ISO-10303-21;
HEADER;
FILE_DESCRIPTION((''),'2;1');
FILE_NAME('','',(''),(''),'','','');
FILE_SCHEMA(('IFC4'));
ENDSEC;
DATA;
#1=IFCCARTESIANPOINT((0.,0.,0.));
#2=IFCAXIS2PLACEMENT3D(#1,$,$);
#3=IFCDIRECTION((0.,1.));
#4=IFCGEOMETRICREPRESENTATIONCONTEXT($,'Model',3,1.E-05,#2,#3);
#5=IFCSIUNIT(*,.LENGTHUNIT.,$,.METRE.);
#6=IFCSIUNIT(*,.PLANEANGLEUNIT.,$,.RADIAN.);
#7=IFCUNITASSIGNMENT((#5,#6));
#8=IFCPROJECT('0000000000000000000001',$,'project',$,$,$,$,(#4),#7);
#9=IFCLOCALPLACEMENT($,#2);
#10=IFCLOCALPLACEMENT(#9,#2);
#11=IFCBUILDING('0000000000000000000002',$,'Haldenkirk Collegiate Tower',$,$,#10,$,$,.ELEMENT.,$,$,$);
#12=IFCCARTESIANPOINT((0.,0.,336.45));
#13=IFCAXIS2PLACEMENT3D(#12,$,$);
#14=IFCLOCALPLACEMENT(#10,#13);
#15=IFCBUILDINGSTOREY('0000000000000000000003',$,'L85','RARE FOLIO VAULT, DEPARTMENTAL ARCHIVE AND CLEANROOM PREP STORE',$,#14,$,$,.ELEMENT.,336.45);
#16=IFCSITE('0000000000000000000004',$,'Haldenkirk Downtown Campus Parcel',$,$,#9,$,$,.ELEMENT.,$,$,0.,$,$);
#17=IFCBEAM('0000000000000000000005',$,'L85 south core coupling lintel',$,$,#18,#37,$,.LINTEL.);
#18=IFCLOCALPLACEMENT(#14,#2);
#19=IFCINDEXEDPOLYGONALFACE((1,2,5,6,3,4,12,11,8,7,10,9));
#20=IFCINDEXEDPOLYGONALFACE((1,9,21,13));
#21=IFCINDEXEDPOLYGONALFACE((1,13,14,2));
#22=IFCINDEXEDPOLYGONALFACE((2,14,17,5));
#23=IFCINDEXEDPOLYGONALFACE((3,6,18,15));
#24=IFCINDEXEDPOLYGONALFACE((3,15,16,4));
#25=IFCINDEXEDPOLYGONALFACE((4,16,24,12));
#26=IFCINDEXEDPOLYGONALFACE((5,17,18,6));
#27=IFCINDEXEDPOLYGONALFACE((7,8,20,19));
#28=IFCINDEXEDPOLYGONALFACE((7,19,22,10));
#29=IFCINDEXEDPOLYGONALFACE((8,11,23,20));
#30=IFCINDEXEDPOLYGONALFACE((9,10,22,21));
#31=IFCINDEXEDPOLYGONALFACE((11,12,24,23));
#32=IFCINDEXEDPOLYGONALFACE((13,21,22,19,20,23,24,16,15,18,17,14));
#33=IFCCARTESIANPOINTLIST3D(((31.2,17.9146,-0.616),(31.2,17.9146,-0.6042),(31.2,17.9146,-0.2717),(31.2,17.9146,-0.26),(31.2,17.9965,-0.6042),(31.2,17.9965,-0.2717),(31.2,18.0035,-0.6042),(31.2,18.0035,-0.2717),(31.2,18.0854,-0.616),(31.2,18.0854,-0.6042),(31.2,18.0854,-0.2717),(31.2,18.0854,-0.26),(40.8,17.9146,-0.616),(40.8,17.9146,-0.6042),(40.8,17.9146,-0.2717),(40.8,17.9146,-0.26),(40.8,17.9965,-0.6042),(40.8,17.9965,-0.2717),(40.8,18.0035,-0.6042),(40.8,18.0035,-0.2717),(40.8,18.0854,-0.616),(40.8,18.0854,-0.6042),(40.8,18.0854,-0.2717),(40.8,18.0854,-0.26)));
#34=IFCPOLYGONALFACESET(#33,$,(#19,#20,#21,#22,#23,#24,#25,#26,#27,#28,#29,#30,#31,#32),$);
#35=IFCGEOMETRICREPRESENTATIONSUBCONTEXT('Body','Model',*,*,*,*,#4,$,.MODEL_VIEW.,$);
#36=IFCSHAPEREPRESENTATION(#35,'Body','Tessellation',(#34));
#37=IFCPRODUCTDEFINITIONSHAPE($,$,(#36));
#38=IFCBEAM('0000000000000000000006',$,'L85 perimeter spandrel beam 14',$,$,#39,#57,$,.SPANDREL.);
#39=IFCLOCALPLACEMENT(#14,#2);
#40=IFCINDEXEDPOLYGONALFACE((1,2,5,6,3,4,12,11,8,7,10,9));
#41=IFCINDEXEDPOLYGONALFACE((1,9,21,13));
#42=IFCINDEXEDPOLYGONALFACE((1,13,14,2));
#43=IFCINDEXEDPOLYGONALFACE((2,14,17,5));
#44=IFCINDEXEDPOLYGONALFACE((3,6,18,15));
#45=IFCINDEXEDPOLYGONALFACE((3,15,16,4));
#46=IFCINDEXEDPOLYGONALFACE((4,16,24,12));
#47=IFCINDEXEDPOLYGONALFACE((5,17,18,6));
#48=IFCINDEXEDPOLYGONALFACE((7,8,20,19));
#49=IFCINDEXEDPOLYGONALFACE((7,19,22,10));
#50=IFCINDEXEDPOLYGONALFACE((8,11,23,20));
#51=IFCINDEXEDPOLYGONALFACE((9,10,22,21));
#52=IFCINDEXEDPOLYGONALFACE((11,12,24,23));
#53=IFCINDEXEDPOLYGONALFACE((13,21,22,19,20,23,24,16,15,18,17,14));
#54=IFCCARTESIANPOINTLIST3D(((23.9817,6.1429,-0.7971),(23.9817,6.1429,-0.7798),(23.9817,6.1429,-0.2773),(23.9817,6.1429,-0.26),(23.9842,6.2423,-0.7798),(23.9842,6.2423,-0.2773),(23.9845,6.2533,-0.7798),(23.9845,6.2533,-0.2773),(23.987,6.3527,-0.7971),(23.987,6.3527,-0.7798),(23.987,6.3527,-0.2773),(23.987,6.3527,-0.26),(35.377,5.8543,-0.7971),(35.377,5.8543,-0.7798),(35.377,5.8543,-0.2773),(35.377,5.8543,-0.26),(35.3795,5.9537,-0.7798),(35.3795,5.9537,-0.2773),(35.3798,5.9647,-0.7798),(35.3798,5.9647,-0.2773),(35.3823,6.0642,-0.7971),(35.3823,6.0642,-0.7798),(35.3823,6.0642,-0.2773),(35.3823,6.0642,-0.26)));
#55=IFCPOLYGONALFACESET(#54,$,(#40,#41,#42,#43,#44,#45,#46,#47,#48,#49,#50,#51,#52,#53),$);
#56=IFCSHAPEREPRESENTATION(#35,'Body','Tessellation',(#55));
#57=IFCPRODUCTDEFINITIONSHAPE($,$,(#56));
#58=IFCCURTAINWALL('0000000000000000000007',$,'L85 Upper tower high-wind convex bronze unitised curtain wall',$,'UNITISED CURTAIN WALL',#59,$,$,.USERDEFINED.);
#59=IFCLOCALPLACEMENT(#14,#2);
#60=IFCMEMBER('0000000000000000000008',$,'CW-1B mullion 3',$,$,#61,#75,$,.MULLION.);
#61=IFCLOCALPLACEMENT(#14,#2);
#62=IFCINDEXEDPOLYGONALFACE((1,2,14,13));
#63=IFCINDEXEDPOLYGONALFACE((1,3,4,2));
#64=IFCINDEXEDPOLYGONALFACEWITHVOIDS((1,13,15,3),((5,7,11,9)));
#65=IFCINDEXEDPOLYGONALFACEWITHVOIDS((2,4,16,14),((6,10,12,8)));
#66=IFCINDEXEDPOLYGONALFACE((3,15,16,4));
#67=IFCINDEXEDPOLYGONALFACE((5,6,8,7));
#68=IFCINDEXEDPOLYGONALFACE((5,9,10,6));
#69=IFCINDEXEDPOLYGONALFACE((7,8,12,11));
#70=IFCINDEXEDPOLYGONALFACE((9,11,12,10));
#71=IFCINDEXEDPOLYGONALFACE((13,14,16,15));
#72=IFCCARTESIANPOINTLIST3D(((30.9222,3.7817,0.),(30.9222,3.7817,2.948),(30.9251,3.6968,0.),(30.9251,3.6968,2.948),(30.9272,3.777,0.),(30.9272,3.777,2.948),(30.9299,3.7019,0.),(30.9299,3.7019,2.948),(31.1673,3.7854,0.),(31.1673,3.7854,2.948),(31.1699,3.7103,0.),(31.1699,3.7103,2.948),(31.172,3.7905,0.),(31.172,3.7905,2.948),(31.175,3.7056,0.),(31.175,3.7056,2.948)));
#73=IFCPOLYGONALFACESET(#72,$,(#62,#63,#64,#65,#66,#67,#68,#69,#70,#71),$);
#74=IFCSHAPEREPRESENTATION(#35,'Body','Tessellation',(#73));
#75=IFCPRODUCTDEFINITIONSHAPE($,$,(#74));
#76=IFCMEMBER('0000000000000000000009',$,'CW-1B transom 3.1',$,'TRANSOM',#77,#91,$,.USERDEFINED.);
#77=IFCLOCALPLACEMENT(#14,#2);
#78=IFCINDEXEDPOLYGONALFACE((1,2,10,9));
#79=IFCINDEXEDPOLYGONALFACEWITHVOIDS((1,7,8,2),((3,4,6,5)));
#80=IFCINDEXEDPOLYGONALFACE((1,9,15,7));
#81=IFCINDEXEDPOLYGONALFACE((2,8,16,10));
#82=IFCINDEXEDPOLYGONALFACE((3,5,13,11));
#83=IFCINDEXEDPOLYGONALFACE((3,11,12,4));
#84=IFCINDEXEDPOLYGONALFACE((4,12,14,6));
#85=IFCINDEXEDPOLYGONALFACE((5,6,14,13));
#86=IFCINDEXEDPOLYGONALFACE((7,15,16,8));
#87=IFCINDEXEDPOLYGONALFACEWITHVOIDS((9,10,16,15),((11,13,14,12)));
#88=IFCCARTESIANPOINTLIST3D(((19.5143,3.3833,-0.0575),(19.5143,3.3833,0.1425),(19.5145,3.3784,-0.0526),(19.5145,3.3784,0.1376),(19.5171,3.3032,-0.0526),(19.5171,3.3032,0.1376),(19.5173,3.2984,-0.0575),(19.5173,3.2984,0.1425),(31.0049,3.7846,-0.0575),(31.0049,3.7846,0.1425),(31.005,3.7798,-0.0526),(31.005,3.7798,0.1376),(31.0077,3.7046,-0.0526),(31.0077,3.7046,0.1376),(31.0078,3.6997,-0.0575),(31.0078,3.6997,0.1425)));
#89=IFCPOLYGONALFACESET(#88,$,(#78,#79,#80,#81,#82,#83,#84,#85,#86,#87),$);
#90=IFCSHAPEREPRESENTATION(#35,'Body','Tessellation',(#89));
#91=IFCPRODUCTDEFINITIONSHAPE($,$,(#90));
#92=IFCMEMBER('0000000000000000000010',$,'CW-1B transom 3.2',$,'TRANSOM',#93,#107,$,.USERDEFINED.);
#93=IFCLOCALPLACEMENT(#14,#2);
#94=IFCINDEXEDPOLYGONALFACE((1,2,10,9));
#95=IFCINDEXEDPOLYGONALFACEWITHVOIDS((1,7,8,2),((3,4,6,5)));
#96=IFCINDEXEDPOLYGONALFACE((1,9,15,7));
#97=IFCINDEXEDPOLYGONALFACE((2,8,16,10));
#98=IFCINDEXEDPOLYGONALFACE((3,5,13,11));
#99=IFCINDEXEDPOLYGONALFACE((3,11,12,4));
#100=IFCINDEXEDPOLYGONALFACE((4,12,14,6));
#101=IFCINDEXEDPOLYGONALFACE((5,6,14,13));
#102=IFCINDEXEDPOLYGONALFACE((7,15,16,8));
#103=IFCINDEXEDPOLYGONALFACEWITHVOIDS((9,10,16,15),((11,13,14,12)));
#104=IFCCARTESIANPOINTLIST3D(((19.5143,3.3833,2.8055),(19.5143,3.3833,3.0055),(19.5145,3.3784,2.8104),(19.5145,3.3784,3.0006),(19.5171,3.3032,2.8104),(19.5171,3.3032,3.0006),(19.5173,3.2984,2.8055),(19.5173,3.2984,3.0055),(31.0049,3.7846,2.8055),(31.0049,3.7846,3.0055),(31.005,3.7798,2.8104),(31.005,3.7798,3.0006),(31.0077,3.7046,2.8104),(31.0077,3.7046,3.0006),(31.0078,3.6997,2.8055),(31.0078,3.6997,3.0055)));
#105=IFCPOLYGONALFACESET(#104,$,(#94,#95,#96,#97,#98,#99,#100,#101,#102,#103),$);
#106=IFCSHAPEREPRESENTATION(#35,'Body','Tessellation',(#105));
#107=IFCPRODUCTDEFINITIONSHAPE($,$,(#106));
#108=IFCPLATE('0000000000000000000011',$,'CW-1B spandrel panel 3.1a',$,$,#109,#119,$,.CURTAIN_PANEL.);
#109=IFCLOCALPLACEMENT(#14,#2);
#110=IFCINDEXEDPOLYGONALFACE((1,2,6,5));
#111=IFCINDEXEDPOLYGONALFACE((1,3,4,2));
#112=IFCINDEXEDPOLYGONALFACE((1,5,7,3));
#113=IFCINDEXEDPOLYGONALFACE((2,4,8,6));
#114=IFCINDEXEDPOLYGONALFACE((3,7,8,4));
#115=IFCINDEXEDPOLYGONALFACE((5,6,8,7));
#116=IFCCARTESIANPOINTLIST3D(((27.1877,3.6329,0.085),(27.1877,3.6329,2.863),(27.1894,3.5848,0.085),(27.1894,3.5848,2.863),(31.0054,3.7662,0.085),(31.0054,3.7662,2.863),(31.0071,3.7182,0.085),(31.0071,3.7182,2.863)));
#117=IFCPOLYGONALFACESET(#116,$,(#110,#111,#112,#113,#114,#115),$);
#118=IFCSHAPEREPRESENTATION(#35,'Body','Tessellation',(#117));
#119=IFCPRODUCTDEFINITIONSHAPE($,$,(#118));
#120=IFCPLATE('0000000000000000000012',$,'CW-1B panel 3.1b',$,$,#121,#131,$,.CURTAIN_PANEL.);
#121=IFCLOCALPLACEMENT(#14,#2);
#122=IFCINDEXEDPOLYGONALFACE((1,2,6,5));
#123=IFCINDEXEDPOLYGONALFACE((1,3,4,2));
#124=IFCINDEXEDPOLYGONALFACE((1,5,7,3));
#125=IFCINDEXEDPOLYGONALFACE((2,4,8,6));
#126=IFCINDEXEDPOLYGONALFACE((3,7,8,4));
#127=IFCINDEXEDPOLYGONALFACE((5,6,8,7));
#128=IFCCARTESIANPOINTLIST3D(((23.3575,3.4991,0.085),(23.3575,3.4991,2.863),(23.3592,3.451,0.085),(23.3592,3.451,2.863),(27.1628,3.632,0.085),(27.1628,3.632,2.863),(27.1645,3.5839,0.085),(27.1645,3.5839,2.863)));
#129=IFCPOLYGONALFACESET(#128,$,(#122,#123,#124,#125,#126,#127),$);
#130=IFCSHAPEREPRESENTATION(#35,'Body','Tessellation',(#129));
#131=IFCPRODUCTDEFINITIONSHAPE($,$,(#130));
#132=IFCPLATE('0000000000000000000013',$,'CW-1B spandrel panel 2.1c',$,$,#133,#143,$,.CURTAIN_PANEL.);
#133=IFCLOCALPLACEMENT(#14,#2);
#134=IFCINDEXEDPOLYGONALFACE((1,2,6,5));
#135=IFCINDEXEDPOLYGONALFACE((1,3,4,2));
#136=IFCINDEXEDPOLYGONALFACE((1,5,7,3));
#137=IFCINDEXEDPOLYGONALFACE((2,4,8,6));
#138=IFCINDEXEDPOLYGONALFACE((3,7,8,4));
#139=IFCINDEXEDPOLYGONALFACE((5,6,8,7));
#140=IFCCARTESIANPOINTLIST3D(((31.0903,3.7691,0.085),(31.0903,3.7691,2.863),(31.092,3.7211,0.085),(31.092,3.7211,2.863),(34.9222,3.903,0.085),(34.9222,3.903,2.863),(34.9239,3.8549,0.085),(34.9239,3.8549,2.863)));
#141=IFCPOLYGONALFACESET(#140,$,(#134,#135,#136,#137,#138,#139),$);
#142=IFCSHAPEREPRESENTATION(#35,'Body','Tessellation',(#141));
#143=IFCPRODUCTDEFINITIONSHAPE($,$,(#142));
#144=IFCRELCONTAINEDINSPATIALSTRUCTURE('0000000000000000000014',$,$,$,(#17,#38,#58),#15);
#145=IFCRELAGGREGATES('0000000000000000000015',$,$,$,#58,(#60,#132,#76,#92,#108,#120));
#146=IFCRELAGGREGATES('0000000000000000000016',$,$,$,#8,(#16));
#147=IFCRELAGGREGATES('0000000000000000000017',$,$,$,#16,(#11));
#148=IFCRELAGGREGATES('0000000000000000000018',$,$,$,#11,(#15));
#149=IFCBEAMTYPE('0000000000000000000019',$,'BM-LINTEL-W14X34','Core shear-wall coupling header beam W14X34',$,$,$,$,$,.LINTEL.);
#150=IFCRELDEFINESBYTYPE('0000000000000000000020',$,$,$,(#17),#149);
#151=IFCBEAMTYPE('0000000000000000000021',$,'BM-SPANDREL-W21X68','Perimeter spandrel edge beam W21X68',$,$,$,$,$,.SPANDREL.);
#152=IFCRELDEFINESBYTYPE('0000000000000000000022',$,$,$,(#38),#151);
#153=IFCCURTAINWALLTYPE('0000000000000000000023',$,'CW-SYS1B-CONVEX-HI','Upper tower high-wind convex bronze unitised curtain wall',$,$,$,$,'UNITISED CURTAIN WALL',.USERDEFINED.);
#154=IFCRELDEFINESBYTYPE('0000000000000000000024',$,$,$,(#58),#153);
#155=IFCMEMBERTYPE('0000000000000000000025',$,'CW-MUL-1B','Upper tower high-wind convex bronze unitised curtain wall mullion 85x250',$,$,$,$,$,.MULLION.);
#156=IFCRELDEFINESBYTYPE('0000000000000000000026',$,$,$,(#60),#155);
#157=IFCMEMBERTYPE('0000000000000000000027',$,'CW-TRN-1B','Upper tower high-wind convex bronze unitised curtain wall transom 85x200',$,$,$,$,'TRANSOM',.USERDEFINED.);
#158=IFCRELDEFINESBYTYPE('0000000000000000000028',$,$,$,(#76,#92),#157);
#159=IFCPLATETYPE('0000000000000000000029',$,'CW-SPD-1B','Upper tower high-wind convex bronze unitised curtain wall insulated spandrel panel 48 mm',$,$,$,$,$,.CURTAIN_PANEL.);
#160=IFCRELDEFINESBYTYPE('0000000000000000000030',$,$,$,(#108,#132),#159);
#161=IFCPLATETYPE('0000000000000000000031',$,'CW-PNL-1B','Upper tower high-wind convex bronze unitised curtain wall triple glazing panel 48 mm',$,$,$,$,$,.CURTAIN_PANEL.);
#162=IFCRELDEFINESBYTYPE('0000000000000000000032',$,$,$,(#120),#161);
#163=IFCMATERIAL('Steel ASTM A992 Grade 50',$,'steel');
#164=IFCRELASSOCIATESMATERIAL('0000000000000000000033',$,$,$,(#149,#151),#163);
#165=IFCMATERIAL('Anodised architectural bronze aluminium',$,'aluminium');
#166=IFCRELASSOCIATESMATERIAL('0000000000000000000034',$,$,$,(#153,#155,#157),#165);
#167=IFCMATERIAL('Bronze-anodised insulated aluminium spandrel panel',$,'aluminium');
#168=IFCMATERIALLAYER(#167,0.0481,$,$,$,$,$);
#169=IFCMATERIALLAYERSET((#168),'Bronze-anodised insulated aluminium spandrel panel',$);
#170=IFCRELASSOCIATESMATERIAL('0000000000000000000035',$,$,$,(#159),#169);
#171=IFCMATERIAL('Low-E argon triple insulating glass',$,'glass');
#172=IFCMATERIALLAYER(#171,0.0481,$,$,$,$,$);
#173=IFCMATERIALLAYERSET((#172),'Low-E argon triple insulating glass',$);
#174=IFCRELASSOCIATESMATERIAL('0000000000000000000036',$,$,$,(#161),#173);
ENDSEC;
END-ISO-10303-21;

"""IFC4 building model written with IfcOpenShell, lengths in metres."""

from ifc_helpers import new_model, si_unit, direction, frame, origin, origin_2d, place, context, subcontext, project, spatial, rectangle, hollow_rectangle, i_section, extrude, source, transform, mapped, material, layer, layer_set, material_profile, profile_set, type_object, element, aggregate, save


model = new_model("IFC4")

# Units and contexts
model_context = context("Model", 3, precision=1e-05, world=origin(), true_north=direction((0.0, 1.0)))
body_context = subcontext(model_context, "Body", "Model", "MODEL_VIEW")
ifc_project = project(units=[si_unit("LENGTHUNIT", "METRE"), si_unit("PLANEANGLEUNIT", "RADIAN")], contexts=[model_context])

# Site, building, storey
site_placement = place(None, origin())
site = spatial("IfcSite", under=ifc_project, at=site_placement, Name="Haldenkirk Downtown Campus Parcel", CompositionType="ELEMENT", RefElevation=0.0)
building_placement = place(site_placement, origin())
building = spatial("IfcBuilding", under=site, at=building_placement, Name="Haldenkirk Collegiate Tower", CompositionType="ELEMENT")
storey_placement = place(building_placement, frame((0.0, 0.0, 336.45)))
storey = spatial("IfcBuildingStorey", under=building, at=storey_placement, Name="L85", Description="RARE FOLIO VAULT, DEPARTMENTAL ARCHIVE AND CLEANROOM PREP STORE", CompositionType="ELEMENT", Elevation=336.45)

# Beams
ifc_material_1 = material(Name="Steel ASTM A992 Grade 50", Category="steel")
ifc_material_profile_1 = material_profile(ifc_material_1, i_section(OverallWidth=0.1709, OverallDepth=0.356, WebThickness=0.0071, FlangeThickness=0.0117, at=origin_2d()), Name="W14X34")
ifc_profile_set_1 = profile_set([ifc_material_profile_1], Name="Steel ASTM A992 Grade 50")
beam_type_1 = type_object("IfcBeamType", Name="BM-LINTEL-W14X34", Description="Core shear-wall coupling header beam W14X34", PredefinedType="LINTEL", material=ifc_profile_set_1)
beam_1_placement = place(storey_placement, frame((31.2, 18.0, -0.438), z_axis=(1.0, 0.0, 0.0), x_axis=(0.0, 1.0, 0.0)))
element("IfcBeam", 1, at=beam_1_placement, inside=storey, type_object=beam_type_1, Name="L85 south core coupling lintel", PredefinedType="LINTEL", context=body_context, shape_type="SweptSolid", body=[
    extrude(i_section(OverallWidth=0.1709, OverallDepth=0.356, WebThickness=0.0071, FlangeThickness=0.0117, at=origin_2d()), origin(), (0.0, 0.0, 1.0), 9.6001),
])
ifc_material_profile_2 = material_profile(ifc_material_1, i_section(OverallWidth=0.21, OverallDepth=0.5371, WebThickness=0.011, FlangeThickness=0.0173, at=origin_2d()), Name="W21X68")
ifc_profile_set_2 = profile_set([ifc_material_profile_2], Name="Steel ASTM A992 Grade 50")
beam_type_2 = type_object("IfcBeamType", Name="BM-SPANDREL-W21X68", Description="Perimeter spandrel edge beam W21X68", PredefinedType="SPANDREL", material=ifc_profile_set_2)
beam_2_placement = place(storey_placement, frame((23.9844, 6.2478, -0.5286), z_axis=(0.99968, -0.025316, 0.0), x_axis=(0.025316, 0.99968, 0.0)))
element("IfcBeam", 2, at=beam_2_placement, inside=storey, type_object=beam_type_2, Name="L85 perimeter spandrel beam 14", PredefinedType="SPANDREL", context=body_context, shape_type="SweptSolid", body=[
    extrude(i_section(OverallWidth=0.21, OverallDepth=0.5371, WebThickness=0.011, FlangeThickness=0.0173, at=origin_2d()), origin(), (0.0, 0.0, 1.0), 11.3989),
])

# Curtain wall, members, plates
ifc_material_2 = material(Name="Anodised architectural bronze aluminium", Category="aluminium")
curtain_wall_type = type_object("IfcCurtainWallType", Name="CW-SYS1B-CONVEX-HI", Description="Upper tower high-wind convex bronze unitised curtain wall", ElementType="UNITISED CURTAIN WALL", PredefinedType="USERDEFINED", material=ifc_material_2)
curtain_wall_placement = place(storey_placement, origin())
curtain_wall = element("IfcCurtainWall", 3, at=curtain_wall_placement, inside=storey, type_object=curtain_wall_type, Name="L85 Upper tower high-wind convex bronze unitised curtain wall", ObjectType="UNITISED CURTAIN WALL", PredefinedType="USERDEFINED")
ifc_material_profile_3 = material_profile(ifc_material_2, hollow_rectangle(XDim=0.085, YDim=0.25, WallThickness=0.0049, at=origin_2d()), Name="CW-MUL-1B")
ifc_profile_set_3 = profile_set([ifc_material_profile_3], Name="Anodised architectural bronze aluminium")
member_type_1 = type_object("IfcMemberType", Name="CW-MUL-1B", Description="Upper tower high-wind convex bronze unitised curtain wall mullion 85x250", PredefinedType="MULLION", material=ifc_profile_set_3)
member_1_placement = place(storey_placement, frame((31.0486, 3.7437, 0.0), z_axis=(0.0, 0.0, 1.0), x_axis=(0.034902, -0.999391, 0.0)))
member_1 = element("IfcMember", 4, at=member_1_placement, type_object=member_type_1, Name="CW-1B mullion 3", PredefinedType="MULLION", context=body_context, shape_type="SweptSolid", body=[
    extrude(hollow_rectangle(XDim=0.085, YDim=0.25, WallThickness=0.0049, at=origin_2d()), origin(), (0.0, 0.0, 1.0), 2.948),
])
ifc_material_profile_4 = material_profile(ifc_material_2, hollow_rectangle(XDim=0.085, YDim=0.2, WallThickness=0.0049, at=origin_2d()), Name="CW-TRN-1B")
ifc_profile_set_4 = profile_set([ifc_material_profile_4], Name="Anodised architectural bronze aluminium")
member_type_2 = type_object("IfcMemberType", Name="CW-TRN-1B", Description="Upper tower high-wind convex bronze unitised curtain wall transom 85x200", ElementType="TRANSOM", PredefinedType="USERDEFINED", material=ifc_profile_set_4)
member_2_placement = place(storey_placement, frame((31.0063, 3.7422, 0.0425), z_axis=(-0.99939, -0.034909, 0.0), x_axis=(0.034909, -0.99939, 0.0)))
member_2 = element("IfcMember", 5, at=member_2_placement, type_object=member_type_2, Name="CW-1B transom 3.1", ObjectType="TRANSOM", PredefinedType="USERDEFINED", context=body_context, shape_type="SweptSolid", body=[
    extrude(hollow_rectangle(XDim=0.085, YDim=0.2, WallThickness=0.0049, at=origin_2d()), origin(), (0.0, 0.0, 1.0), 11.4976),
])
member_3_placement = place(storey_placement, frame((31.0063, 3.7422, 2.9055), z_axis=(-0.99939, -0.034909, 0.0), x_axis=(0.034909, -0.99939, 0.0)))
member_3 = element("IfcMember", 6, at=member_3_placement, type_object=member_type_2, Name="CW-1B transom 3.2", ObjectType="TRANSOM", PredefinedType="USERDEFINED", context=body_context, shape_type="SweptSolid", body=[
    extrude(hollow_rectangle(XDim=0.085, YDim=0.2, WallThickness=0.0049, at=origin_2d()), origin(), (0.0, 0.0, 1.0), 11.4976),
])
ifc_material_3 = material(Name="Bronze-anodised insulated aluminium spandrel panel", Category="aluminium")
ifc_layer_1 = layer(ifc_material_3, 0.0481)
ifc_layer_set_1 = layer_set([ifc_layer_1], Name="Bronze-anodised insulated aluminium spandrel panel")
plate_type_1 = type_object("IfcPlateType", Name="CW-SPD-1B", Description="Upper tower high-wind convex bronze unitised curtain wall insulated spandrel panel 48 mm", PredefinedType="CURTAIN_PANEL", material=ifc_layer_set_1)
shared_shape_1 = source(origin(), body_context, "Body", "SweptSolid", [
    extrude(rectangle(XDim=3.8201, YDim=0.0481, at=origin_2d()), origin(), (0.0, 0.0, 1.0), 2.7781),
])
plate_1_placement = place(storey_placement, frame((29.0974, 3.6755, 0.085), z_axis=(0.0, 0.0, 1.0), x_axis=(-0.999391, -0.034902, 0.0)))
plate_1 = element("IfcPlate", 7, at=plate_1_placement, type_object=plate_type_1, Name="CW-1B spandrel panel 3.1a", PredefinedType="CURTAIN_PANEL", context=body_context, shape_type="MappedRepresentation", body=[
    mapped(shared_shape_1, transform((0.0, 0.0, 0.0), x_axis=(1.0, 0.0, 0.0), y_axis=(0.0, 1.0, 0.0), z_axis=(0.0, 0.0, 1.0), scale=1.0)),
])
ifc_material_4 = material(Name="Low-E argon triple insulating glass", Category="glass")
ifc_layer_2 = layer(ifc_material_4, 0.0481)
ifc_layer_set_2 = layer_set([ifc_layer_2], Name="Low-E argon triple insulating glass")
plate_type_2 = type_object("IfcPlateType", Name="CW-PNL-1B", Description="Upper tower high-wind convex bronze unitised curtain wall triple glazing panel 48 mm", PredefinedType="CURTAIN_PANEL", material=ifc_layer_set_2)
shared_shape_2 = source(origin(), body_context, "Body", "SweptSolid", [
    extrude(rectangle(XDim=3.8076, YDim=0.0481, at=origin_2d()), origin(), (0.0, 0.0, 1.0), 2.7781),
])
plate_2_placement = place(storey_placement, frame((25.261, 3.5415, 0.085), z_axis=(0.0, 0.0, 1.0), x_axis=(-0.999391, -0.034902, 0.0)))
plate_2 = element("IfcPlate", 8, at=plate_2_placement, type_object=plate_type_2, Name="CW-1B panel 3.1b", PredefinedType="CURTAIN_PANEL", context=body_context, shape_type="MappedRepresentation", body=[
    mapped(shared_shape_2, transform((0.0, 0.0, 0.0), x_axis=(1.0, 0.0, 0.0), y_axis=(0.0, 1.0, 0.0), z_axis=(0.0, 0.0, 1.0), scale=1.0)),
])
shared_shape_3 = source(origin(), body_context, "Body", "SweptSolid", [
    extrude(rectangle(XDim=3.8342, YDim=0.0481, at=origin_2d()), origin(), (0.0, 0.0, 1.0), 2.7781),
])
plate_3_placement = place(storey_placement, frame((33.0071, 3.812, 0.085), z_axis=(0.0, 0.0, 1.0), x_axis=(-0.999391, -0.034902, 0.0)))
plate_3 = element("IfcPlate", 9, at=plate_3_placement, type_object=plate_type_1, Name="CW-1B spandrel panel 2.1c", PredefinedType="CURTAIN_PANEL", context=body_context, shape_type="MappedRepresentation", body=[
    mapped(shared_shape_3, transform((0.0, 0.0, 0.0), x_axis=(1.0, 0.0, 0.0), y_axis=(0.0, 1.0, 0.0), z_axis=(0.0, 0.0, 1.0), scale=1.0)),
])
aggregate(curtain_wall, [member_1, plate_3, member_2, member_3, plate_1, plate_2])

save(model, "model.ifc")
